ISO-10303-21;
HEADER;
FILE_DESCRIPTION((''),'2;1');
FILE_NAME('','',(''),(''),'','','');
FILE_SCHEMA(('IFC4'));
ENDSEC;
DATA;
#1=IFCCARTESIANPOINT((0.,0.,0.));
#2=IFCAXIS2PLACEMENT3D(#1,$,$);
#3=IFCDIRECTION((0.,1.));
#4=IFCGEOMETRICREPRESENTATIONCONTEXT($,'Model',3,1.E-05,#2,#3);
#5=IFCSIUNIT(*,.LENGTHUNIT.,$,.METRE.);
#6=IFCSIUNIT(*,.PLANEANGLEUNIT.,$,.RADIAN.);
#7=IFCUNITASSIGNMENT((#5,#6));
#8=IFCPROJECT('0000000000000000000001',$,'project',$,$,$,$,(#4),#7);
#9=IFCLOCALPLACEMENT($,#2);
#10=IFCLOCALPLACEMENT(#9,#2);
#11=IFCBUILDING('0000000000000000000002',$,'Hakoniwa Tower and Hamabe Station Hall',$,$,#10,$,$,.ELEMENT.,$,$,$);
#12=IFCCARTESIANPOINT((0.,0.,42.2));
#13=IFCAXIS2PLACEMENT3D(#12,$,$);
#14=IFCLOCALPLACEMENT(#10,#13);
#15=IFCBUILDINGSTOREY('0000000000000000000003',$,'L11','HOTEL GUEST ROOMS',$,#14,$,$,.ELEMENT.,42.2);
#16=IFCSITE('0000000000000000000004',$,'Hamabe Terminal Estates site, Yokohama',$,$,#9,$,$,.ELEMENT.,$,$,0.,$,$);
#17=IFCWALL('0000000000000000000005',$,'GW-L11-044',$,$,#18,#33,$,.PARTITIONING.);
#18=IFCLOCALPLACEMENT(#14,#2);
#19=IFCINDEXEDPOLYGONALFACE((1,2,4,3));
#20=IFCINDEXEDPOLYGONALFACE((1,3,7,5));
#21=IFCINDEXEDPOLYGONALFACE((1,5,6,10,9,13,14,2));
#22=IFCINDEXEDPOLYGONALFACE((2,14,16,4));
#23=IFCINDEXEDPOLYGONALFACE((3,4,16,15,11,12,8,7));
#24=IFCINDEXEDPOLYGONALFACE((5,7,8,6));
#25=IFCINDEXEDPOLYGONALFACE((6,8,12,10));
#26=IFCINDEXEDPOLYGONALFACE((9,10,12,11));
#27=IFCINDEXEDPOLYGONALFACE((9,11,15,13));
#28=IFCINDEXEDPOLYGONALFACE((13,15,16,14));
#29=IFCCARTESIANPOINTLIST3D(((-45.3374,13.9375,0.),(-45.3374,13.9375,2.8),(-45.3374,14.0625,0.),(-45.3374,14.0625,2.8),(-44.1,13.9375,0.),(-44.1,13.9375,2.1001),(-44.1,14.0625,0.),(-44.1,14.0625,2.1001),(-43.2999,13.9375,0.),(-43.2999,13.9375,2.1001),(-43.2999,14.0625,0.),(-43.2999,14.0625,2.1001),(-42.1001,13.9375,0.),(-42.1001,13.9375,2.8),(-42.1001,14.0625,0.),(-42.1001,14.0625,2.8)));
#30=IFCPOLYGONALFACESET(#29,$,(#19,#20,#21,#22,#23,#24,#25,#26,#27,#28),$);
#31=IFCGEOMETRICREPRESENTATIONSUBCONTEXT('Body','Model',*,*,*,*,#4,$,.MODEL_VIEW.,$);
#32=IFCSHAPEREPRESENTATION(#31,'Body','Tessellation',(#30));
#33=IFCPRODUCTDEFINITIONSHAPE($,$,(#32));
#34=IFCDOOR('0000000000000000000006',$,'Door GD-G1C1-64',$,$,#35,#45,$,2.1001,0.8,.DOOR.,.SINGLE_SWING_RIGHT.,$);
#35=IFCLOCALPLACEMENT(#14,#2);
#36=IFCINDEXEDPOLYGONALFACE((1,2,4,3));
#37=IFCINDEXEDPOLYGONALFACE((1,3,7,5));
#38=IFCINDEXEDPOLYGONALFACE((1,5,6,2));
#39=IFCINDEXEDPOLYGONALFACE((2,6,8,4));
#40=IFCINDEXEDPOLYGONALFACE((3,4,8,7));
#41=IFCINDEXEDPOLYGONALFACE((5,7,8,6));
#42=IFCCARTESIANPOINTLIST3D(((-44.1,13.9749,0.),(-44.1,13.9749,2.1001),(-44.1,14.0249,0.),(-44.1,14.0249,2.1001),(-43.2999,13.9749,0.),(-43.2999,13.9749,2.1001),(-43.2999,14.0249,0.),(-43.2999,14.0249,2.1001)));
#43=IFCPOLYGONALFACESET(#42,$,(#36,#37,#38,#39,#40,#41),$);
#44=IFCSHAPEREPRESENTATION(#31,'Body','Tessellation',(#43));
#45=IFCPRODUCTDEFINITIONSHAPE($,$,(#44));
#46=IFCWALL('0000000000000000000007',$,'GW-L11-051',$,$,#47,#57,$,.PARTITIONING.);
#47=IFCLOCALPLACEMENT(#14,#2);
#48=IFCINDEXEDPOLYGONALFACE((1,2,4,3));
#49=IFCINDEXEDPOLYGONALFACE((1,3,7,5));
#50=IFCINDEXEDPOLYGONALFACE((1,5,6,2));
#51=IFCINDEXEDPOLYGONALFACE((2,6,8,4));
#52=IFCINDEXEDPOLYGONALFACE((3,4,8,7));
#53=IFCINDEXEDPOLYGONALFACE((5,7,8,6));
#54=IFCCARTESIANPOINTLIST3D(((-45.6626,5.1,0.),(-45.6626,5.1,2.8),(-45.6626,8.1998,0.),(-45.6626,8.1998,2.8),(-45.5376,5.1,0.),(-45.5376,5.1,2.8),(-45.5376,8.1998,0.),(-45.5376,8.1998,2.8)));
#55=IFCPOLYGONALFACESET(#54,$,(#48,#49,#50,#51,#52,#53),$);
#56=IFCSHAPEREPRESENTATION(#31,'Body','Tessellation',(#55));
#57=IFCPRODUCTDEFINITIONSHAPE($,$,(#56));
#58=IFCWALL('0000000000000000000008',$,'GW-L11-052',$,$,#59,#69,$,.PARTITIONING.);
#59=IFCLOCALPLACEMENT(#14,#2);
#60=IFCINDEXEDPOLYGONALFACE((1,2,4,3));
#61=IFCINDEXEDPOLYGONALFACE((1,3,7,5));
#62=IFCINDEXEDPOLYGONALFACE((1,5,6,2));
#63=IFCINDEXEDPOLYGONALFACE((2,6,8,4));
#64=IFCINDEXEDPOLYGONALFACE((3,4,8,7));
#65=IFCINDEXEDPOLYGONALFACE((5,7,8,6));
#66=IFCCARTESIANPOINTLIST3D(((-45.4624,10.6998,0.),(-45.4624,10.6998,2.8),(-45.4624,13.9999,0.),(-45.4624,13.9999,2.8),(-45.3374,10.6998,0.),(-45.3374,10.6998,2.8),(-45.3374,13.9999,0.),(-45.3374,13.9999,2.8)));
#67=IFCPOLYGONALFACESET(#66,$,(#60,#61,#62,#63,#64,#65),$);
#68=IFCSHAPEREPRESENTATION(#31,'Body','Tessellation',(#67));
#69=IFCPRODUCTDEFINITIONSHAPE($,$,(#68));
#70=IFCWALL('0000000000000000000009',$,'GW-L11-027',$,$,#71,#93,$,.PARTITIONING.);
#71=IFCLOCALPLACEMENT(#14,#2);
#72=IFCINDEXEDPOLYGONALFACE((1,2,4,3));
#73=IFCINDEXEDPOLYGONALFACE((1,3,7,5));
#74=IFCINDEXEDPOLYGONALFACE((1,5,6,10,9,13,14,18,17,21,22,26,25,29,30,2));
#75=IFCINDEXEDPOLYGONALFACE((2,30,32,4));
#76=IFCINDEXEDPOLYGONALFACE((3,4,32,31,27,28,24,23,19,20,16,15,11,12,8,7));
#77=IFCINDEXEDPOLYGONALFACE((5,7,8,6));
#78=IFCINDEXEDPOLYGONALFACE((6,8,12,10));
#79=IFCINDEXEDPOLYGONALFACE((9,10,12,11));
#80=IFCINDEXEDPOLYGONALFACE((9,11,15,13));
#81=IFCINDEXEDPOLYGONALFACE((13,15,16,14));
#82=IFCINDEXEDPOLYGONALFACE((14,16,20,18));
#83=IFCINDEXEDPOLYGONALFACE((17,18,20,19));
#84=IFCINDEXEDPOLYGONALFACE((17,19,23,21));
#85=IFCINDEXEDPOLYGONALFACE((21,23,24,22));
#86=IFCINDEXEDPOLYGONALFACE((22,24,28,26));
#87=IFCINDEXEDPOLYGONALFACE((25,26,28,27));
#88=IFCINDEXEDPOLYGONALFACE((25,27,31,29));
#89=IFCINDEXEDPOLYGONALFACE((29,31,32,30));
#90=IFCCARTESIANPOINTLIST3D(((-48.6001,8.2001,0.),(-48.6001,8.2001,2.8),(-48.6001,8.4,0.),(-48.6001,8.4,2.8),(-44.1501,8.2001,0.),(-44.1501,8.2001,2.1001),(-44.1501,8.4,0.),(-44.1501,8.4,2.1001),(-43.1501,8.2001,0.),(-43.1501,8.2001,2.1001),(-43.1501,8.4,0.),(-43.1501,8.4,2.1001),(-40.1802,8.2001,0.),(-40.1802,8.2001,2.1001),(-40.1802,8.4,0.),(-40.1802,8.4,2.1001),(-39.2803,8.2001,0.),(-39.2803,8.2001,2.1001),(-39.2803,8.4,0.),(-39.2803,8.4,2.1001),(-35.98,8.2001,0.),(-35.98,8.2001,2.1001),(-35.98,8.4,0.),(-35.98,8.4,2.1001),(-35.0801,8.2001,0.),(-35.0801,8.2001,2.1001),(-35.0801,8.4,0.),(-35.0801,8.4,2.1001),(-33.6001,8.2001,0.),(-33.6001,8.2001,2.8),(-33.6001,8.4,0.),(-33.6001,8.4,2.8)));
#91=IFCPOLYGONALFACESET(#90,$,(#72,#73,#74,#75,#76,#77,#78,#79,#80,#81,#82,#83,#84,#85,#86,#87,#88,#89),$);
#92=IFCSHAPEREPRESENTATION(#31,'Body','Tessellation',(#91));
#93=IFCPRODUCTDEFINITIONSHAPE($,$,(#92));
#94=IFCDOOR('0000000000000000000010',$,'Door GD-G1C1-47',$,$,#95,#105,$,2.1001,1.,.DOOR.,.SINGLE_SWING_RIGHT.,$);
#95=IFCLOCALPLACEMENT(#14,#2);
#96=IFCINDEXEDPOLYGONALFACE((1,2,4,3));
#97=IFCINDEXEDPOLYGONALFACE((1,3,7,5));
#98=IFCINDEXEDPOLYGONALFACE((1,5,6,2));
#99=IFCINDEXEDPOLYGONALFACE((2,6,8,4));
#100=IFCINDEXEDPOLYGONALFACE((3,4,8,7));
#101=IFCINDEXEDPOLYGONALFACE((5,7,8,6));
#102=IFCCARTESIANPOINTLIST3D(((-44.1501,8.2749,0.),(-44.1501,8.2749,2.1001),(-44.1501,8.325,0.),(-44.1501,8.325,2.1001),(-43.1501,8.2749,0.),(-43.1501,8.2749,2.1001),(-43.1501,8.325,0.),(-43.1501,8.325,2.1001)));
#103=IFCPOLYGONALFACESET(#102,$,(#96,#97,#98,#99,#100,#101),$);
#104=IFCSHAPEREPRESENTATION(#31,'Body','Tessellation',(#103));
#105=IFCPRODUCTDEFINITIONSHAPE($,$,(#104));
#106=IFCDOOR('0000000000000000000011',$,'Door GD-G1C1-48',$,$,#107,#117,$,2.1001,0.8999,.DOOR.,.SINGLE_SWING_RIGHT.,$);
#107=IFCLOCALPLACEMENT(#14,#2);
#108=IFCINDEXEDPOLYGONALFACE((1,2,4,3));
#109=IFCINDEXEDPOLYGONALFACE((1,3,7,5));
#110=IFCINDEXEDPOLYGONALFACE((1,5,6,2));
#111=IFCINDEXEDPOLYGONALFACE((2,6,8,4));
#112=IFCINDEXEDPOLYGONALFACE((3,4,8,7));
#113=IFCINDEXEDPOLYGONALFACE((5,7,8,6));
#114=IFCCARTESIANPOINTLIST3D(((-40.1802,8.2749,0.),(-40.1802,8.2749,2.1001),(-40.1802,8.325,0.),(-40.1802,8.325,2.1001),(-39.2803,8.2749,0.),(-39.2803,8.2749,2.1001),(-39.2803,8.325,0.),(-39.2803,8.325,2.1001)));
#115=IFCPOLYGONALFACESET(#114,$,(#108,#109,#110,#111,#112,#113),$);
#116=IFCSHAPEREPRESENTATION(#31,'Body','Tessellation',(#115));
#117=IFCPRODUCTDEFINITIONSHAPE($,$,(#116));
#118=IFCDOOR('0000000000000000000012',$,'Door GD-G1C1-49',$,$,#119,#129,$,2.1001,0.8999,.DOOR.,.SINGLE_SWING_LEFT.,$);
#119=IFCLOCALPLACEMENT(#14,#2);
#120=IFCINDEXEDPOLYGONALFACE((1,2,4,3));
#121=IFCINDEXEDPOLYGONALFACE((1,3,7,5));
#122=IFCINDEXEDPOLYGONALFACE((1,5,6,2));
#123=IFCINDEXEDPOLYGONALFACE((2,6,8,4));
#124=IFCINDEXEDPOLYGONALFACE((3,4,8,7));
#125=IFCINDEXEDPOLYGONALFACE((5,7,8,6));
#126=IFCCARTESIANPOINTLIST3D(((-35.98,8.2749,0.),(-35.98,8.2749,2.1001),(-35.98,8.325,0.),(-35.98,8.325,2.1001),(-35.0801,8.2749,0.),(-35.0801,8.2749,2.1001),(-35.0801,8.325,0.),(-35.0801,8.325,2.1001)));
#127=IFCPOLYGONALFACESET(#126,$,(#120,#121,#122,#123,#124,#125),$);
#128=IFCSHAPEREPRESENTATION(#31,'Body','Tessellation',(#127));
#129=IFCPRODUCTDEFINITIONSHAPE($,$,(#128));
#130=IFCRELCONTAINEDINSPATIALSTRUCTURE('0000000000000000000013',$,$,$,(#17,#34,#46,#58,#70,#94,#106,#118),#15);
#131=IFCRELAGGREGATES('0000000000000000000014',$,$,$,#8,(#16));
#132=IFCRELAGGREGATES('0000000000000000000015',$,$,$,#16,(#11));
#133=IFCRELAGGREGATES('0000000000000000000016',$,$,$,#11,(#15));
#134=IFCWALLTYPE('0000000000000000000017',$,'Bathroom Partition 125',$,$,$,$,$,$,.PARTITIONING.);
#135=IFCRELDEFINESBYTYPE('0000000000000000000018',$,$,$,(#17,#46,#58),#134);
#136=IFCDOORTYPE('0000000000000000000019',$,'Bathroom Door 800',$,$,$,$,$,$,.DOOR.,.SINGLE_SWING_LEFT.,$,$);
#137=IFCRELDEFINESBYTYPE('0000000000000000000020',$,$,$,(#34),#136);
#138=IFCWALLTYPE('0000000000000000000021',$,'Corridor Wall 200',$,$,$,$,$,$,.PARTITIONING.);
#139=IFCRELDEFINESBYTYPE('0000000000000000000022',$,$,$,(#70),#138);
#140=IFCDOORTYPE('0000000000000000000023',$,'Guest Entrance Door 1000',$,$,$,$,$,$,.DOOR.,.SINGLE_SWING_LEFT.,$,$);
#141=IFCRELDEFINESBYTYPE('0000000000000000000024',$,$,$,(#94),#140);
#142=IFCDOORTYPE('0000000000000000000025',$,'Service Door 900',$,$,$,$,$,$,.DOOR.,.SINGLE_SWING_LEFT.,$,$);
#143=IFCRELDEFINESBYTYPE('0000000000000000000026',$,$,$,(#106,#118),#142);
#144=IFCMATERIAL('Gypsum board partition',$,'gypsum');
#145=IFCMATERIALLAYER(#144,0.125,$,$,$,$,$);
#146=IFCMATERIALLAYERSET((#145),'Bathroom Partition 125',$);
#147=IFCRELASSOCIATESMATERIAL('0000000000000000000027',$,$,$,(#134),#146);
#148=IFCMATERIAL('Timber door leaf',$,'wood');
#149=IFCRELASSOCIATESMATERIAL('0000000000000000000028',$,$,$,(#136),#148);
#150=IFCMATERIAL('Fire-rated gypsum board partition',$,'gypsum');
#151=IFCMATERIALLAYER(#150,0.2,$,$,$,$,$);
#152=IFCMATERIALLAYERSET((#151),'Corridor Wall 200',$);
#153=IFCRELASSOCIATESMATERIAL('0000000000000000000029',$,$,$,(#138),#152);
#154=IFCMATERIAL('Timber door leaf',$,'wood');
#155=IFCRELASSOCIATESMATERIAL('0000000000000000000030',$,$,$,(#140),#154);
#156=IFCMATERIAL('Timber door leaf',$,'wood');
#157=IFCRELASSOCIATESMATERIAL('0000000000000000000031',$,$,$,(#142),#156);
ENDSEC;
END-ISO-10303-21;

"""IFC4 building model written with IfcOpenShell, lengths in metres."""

from ifc_helpers import new_model, si_unit, direction, frame, frame_2d, origin, place, context, subcontext, project, spatial, rectangle, extrude, material, layer, layer_set, type_object, element, fill, save


model = new_model("IFC4")

# Units and contexts
model_context = context("Model", 3, precision=1e-05, world=origin(), true_north=direction((0.0, 1.0)))
body_context = subcontext(model_context, "Body", "Model", "MODEL_VIEW")
ifc_project = project(units=[si_unit("LENGTHUNIT", "METRE"), si_unit("PLANEANGLEUNIT", "RADIAN")], contexts=[model_context])

# Site, building, storey
site_placement = place(None, origin())
site = spatial("IfcSite", under=ifc_project, at=site_placement, Name="Hamabe Terminal Estates site, Yokohama", CompositionType="ELEMENT", RefElevation=0.0)
building_placement = place(site_placement, origin())
building = spatial("IfcBuilding", under=site, at=building_placement, Name="Hakoniwa Tower and Hamabe Station Hall", CompositionType="ELEMENT")
storey_placement = place(building_placement, frame((0.0, 0.0, 42.2)))
storey = spatial("IfcBuildingStorey", under=building, at=storey_placement, Name="L11", Description="HOTEL GUEST ROOMS", CompositionType="ELEMENT", Elevation=42.2)

# Wall, opening, door
ifc_material_1 = material(Name="Gypsum board partition", Category="gypsum")
ifc_layer_1 = layer(ifc_material_1, 0.125)
ifc_layer_set_1 = layer_set([ifc_layer_1], Name="Bathroom Partition 125")
wall_type_1 = type_object("IfcWallType", Name="Bathroom Partition 125", PredefinedType="PARTITIONING", material=ifc_layer_set_1)
ifc_material_2 = material(Name="Timber door leaf", Category="wood")
door_type_1 = type_object("IfcDoorType", Name="Bathroom Door 800", OperationType="SINGLE_SWING_LEFT", PredefinedType="DOOR", material=ifc_material_2)
wall_1_placement = place(storey_placement, frame((-45.3374, 14.0, 0.0), z_axis=(0.0, 0.0, 1.0), x_axis=(1.0, 0.0, 0.0)))
wall_1 = element("IfcWall", 1, at=wall_1_placement, inside=storey, type_object=wall_type_1, Name="GW-L11-044", PredefinedType="PARTITIONING", context=body_context, shape_type="SweptSolid", body=[
    extrude(rectangle(XDim=3.2373, YDim=0.125, at=frame_2d((1.6187, 0.0))), origin(), (0.0, 0.0, 1.0), 2.8),
])
opening_1_placement = place(wall_1_placement, frame((1.2375, 0.0, 0.0)))
opening_1 = element("IfcOpeningElement", 2, at=opening_1_placement, cuts=wall_1, PredefinedType="OPENING", context=body_context, shape_type="SweptSolid", body=[
    extrude(rectangle(XDim=0.8, YDim=2.1001, at=frame_2d((0.3999, 1.05))), frame((0.0, 0.0725, 0.0), z_axis=(0.0, -1.0, 0.0), x_axis=(1.0, 0.0, 0.0)), (0.0, 0.0, 1.0), 0.145),
])
door_1_placement = place(opening_1_placement, origin())
door_1 = element("IfcDoor", 3, at=door_1_placement, inside=storey, type_object=door_type_1, Name="Door GD-G1C1-64", OperationType="SINGLE_SWING_RIGHT", OverallHeight=2.1001, OverallWidth=0.8, PredefinedType="DOOR", context=body_context, shape_type="SweptSolid", body=[
    extrude(rectangle(XDim=0.8, YDim=2.1001, at=frame_2d((0.3999, 1.05))), frame((0.0, 0.0249, 0.0), z_axis=(0.0, -1.0, 0.0), x_axis=(1.0, 0.0, 0.0)), (0.0, 0.0, 1.0), 0.05),
])
fill(opening_1, door_1)

# Walls
wall_2_placement = place(storey_placement, frame((-45.6001, 5.1001, 0.0), z_axis=(0.0, 0.0, 1.0), x_axis=(0.0, 1.0, 0.0)))
element("IfcWall", 4, at=wall_2_placement, inside=storey, type_object=wall_type_1, Name="GW-L11-051", PredefinedType="PARTITIONING", context=body_context, shape_type="SweptSolid", body=[
    extrude(rectangle(XDim=3.0999, YDim=0.125, at=frame_2d((1.5498, 0.0))), origin(), (0.0, 0.0, 1.0), 2.8),
])
wall_3_placement = place(storey_placement, frame((-45.3999, 10.7, 0.0), z_axis=(0.0, 0.0, 1.0), x_axis=(0.0, 1.0, 0.0)))
element("IfcWall", 5, at=wall_3_placement, inside=storey, type_object=wall_type_1, Name="GW-L11-052", PredefinedType="PARTITIONING", context=body_context, shape_type="SweptSolid", body=[
    extrude(rectangle(XDim=3.3, YDim=0.125, at=frame_2d((1.6499, 0.0))), origin(), (0.0, 0.0, 1.0), 2.8),
])

# Wall, openings, doors
ifc_material_3 = material(Name="Fire-rated gypsum board partition", Category="gypsum")
ifc_layer_2 = layer(ifc_material_3, 0.2)
ifc_layer_set_2 = layer_set([ifc_layer_2], Name="Corridor Wall 200")
wall_type_2 = type_object("IfcWallType", Name="Corridor Wall 200", PredefinedType="PARTITIONING", material=ifc_layer_set_2)
wall_4_placement = place(storey_placement, frame((-48.6001, 8.3, 0.0), z_axis=(0.0, 0.0, 1.0), x_axis=(1.0, 0.0, 0.0)))
wall_4 = element("IfcWall", 6, at=wall_4_placement, inside=storey, type_object=wall_type_2, Name="GW-L11-027", PredefinedType="PARTITIONING", context=body_context, shape_type="SweptSolid", body=[
    extrude(rectangle(XDim=15.0, YDim=0.2, at=frame_2d((7.5, 0.0))), origin(), (0.0, 0.0, 1.0), 2.8),
])
opening_2_placement = place(wall_4_placement, frame((4.45, 0.0, 0.0)))
opening_2 = element("IfcOpeningElement", 7, at=opening_2_placement, cuts=wall_4, PredefinedType="OPENING", context=body_context, shape_type="SweptSolid", body=[
    extrude(rectangle(XDim=1.0, YDim=2.1001, at=frame_2d((0.5, 1.05))), frame((0.0, 0.1099, 0.0), z_axis=(0.0, -1.0, 0.0), x_axis=(1.0, 0.0, 0.0)), (0.0, 0.0, 1.0), 0.22),
])
opening_3_placement = place(wall_4_placement, frame((8.4199, 0.0, 0.0)))
opening_3 = element("IfcOpeningElement", 8, at=opening_3_placement, cuts=wall_4, PredefinedType="OPENING", context=body_context, shape_type="SweptSolid", body=[
    extrude(rectangle(XDim=0.8999, YDim=2.1001, at=frame_2d((0.45, 1.05))), frame((0.0, 0.1099, 0.0), z_axis=(0.0, -1.0, 0.0), x_axis=(1.0, 0.0, 0.0)), (0.0, 0.0, 1.0), 0.22),
])
opening_4_placement = place(wall_4_placement, frame((12.6201, 0.0, 0.0)))
opening_4 = element("IfcOpeningElement", 9, at=opening_4_placement, cuts=wall_4, PredefinedType="OPENING", context=body_context, shape_type="SweptSolid", body=[
    extrude(rectangle(XDim=0.8999, YDim=2.1001, at=frame_2d((0.45, 1.05))), frame((0.0, 0.1099, 0.0), z_axis=(0.0, -1.0, 0.0), x_axis=(1.0, 0.0, 0.0)), (0.0, 0.0, 1.0), 0.22),
])
ifc_material_4 = material(Name="Timber door leaf", Category="wood")
door_type_2 = type_object("IfcDoorType", Name="Guest Entrance Door 1000", OperationType="SINGLE_SWING_LEFT", PredefinedType="DOOR", material=ifc_material_4)
door_2_placement = place(opening_2_placement, origin())
door_2 = element("IfcDoor", 10, at=door_2_placement, inside=storey, type_object=door_type_2, Name="Door GD-G1C1-47", OperationType="SINGLE_SWING_RIGHT", OverallHeight=2.1001, OverallWidth=1.0, PredefinedType="DOOR", context=body_context, shape_type="SweptSolid", body=[
    extrude(rectangle(XDim=1.0, YDim=2.1001, at=frame_2d((0.5, 1.05))), frame((0.0, 0.0249, 0.0), z_axis=(0.0, -1.0, 0.0), x_axis=(1.0, 0.0, 0.0)), (0.0, 0.0, 1.0), 0.05),
])
fill(opening_2, door_2)
ifc_material_5 = material(Name="Timber door leaf", Category="wood")
door_type_3 = type_object("IfcDoorType", Name="Service Door 900", OperationType="SINGLE_SWING_LEFT", PredefinedType="DOOR", material=ifc_material_5)
door_3_placement = place(opening_3_placement, origin())
door_3 = element("IfcDoor", 11, at=door_3_placement, inside=storey, type_object=door_type_3, Name="Door GD-G1C1-48", OperationType="SINGLE_SWING_RIGHT", OverallHeight=2.1001, OverallWidth=0.8999, PredefinedType="DOOR", context=body_context, shape_type="SweptSolid", body=[
    extrude(rectangle(XDim=0.8999, YDim=2.1001, at=frame_2d((0.45, 1.05))), frame((0.0, 0.0249, 0.0), z_axis=(0.0, -1.0, 0.0), x_axis=(1.0, 0.0, 0.0)), (0.0, 0.0, 1.0), 0.05),
])
fill(opening_3, door_3)
door_4_placement = place(opening_4_placement, origin())
door_4 = element("IfcDoor", 12, at=door_4_placement, inside=storey, type_object=door_type_3, Name="Door GD-G1C1-49", OperationType="SINGLE_SWING_LEFT", OverallHeight=2.1001, OverallWidth=0.8999, PredefinedType="DOOR", context=body_context, shape_type="SweptSolid", body=[
    extrude(rectangle(XDim=0.8999, YDim=2.1001, at=frame_2d((0.45, 1.05))), frame((0.0, 0.0249, 0.0), z_axis=(0.0, -1.0, 0.0), x_axis=(1.0, 0.0, 0.0)), (0.0, 0.0, 1.0), 0.05),
])
fill(opening_4, door_4)

save(model, "model.ifc")
